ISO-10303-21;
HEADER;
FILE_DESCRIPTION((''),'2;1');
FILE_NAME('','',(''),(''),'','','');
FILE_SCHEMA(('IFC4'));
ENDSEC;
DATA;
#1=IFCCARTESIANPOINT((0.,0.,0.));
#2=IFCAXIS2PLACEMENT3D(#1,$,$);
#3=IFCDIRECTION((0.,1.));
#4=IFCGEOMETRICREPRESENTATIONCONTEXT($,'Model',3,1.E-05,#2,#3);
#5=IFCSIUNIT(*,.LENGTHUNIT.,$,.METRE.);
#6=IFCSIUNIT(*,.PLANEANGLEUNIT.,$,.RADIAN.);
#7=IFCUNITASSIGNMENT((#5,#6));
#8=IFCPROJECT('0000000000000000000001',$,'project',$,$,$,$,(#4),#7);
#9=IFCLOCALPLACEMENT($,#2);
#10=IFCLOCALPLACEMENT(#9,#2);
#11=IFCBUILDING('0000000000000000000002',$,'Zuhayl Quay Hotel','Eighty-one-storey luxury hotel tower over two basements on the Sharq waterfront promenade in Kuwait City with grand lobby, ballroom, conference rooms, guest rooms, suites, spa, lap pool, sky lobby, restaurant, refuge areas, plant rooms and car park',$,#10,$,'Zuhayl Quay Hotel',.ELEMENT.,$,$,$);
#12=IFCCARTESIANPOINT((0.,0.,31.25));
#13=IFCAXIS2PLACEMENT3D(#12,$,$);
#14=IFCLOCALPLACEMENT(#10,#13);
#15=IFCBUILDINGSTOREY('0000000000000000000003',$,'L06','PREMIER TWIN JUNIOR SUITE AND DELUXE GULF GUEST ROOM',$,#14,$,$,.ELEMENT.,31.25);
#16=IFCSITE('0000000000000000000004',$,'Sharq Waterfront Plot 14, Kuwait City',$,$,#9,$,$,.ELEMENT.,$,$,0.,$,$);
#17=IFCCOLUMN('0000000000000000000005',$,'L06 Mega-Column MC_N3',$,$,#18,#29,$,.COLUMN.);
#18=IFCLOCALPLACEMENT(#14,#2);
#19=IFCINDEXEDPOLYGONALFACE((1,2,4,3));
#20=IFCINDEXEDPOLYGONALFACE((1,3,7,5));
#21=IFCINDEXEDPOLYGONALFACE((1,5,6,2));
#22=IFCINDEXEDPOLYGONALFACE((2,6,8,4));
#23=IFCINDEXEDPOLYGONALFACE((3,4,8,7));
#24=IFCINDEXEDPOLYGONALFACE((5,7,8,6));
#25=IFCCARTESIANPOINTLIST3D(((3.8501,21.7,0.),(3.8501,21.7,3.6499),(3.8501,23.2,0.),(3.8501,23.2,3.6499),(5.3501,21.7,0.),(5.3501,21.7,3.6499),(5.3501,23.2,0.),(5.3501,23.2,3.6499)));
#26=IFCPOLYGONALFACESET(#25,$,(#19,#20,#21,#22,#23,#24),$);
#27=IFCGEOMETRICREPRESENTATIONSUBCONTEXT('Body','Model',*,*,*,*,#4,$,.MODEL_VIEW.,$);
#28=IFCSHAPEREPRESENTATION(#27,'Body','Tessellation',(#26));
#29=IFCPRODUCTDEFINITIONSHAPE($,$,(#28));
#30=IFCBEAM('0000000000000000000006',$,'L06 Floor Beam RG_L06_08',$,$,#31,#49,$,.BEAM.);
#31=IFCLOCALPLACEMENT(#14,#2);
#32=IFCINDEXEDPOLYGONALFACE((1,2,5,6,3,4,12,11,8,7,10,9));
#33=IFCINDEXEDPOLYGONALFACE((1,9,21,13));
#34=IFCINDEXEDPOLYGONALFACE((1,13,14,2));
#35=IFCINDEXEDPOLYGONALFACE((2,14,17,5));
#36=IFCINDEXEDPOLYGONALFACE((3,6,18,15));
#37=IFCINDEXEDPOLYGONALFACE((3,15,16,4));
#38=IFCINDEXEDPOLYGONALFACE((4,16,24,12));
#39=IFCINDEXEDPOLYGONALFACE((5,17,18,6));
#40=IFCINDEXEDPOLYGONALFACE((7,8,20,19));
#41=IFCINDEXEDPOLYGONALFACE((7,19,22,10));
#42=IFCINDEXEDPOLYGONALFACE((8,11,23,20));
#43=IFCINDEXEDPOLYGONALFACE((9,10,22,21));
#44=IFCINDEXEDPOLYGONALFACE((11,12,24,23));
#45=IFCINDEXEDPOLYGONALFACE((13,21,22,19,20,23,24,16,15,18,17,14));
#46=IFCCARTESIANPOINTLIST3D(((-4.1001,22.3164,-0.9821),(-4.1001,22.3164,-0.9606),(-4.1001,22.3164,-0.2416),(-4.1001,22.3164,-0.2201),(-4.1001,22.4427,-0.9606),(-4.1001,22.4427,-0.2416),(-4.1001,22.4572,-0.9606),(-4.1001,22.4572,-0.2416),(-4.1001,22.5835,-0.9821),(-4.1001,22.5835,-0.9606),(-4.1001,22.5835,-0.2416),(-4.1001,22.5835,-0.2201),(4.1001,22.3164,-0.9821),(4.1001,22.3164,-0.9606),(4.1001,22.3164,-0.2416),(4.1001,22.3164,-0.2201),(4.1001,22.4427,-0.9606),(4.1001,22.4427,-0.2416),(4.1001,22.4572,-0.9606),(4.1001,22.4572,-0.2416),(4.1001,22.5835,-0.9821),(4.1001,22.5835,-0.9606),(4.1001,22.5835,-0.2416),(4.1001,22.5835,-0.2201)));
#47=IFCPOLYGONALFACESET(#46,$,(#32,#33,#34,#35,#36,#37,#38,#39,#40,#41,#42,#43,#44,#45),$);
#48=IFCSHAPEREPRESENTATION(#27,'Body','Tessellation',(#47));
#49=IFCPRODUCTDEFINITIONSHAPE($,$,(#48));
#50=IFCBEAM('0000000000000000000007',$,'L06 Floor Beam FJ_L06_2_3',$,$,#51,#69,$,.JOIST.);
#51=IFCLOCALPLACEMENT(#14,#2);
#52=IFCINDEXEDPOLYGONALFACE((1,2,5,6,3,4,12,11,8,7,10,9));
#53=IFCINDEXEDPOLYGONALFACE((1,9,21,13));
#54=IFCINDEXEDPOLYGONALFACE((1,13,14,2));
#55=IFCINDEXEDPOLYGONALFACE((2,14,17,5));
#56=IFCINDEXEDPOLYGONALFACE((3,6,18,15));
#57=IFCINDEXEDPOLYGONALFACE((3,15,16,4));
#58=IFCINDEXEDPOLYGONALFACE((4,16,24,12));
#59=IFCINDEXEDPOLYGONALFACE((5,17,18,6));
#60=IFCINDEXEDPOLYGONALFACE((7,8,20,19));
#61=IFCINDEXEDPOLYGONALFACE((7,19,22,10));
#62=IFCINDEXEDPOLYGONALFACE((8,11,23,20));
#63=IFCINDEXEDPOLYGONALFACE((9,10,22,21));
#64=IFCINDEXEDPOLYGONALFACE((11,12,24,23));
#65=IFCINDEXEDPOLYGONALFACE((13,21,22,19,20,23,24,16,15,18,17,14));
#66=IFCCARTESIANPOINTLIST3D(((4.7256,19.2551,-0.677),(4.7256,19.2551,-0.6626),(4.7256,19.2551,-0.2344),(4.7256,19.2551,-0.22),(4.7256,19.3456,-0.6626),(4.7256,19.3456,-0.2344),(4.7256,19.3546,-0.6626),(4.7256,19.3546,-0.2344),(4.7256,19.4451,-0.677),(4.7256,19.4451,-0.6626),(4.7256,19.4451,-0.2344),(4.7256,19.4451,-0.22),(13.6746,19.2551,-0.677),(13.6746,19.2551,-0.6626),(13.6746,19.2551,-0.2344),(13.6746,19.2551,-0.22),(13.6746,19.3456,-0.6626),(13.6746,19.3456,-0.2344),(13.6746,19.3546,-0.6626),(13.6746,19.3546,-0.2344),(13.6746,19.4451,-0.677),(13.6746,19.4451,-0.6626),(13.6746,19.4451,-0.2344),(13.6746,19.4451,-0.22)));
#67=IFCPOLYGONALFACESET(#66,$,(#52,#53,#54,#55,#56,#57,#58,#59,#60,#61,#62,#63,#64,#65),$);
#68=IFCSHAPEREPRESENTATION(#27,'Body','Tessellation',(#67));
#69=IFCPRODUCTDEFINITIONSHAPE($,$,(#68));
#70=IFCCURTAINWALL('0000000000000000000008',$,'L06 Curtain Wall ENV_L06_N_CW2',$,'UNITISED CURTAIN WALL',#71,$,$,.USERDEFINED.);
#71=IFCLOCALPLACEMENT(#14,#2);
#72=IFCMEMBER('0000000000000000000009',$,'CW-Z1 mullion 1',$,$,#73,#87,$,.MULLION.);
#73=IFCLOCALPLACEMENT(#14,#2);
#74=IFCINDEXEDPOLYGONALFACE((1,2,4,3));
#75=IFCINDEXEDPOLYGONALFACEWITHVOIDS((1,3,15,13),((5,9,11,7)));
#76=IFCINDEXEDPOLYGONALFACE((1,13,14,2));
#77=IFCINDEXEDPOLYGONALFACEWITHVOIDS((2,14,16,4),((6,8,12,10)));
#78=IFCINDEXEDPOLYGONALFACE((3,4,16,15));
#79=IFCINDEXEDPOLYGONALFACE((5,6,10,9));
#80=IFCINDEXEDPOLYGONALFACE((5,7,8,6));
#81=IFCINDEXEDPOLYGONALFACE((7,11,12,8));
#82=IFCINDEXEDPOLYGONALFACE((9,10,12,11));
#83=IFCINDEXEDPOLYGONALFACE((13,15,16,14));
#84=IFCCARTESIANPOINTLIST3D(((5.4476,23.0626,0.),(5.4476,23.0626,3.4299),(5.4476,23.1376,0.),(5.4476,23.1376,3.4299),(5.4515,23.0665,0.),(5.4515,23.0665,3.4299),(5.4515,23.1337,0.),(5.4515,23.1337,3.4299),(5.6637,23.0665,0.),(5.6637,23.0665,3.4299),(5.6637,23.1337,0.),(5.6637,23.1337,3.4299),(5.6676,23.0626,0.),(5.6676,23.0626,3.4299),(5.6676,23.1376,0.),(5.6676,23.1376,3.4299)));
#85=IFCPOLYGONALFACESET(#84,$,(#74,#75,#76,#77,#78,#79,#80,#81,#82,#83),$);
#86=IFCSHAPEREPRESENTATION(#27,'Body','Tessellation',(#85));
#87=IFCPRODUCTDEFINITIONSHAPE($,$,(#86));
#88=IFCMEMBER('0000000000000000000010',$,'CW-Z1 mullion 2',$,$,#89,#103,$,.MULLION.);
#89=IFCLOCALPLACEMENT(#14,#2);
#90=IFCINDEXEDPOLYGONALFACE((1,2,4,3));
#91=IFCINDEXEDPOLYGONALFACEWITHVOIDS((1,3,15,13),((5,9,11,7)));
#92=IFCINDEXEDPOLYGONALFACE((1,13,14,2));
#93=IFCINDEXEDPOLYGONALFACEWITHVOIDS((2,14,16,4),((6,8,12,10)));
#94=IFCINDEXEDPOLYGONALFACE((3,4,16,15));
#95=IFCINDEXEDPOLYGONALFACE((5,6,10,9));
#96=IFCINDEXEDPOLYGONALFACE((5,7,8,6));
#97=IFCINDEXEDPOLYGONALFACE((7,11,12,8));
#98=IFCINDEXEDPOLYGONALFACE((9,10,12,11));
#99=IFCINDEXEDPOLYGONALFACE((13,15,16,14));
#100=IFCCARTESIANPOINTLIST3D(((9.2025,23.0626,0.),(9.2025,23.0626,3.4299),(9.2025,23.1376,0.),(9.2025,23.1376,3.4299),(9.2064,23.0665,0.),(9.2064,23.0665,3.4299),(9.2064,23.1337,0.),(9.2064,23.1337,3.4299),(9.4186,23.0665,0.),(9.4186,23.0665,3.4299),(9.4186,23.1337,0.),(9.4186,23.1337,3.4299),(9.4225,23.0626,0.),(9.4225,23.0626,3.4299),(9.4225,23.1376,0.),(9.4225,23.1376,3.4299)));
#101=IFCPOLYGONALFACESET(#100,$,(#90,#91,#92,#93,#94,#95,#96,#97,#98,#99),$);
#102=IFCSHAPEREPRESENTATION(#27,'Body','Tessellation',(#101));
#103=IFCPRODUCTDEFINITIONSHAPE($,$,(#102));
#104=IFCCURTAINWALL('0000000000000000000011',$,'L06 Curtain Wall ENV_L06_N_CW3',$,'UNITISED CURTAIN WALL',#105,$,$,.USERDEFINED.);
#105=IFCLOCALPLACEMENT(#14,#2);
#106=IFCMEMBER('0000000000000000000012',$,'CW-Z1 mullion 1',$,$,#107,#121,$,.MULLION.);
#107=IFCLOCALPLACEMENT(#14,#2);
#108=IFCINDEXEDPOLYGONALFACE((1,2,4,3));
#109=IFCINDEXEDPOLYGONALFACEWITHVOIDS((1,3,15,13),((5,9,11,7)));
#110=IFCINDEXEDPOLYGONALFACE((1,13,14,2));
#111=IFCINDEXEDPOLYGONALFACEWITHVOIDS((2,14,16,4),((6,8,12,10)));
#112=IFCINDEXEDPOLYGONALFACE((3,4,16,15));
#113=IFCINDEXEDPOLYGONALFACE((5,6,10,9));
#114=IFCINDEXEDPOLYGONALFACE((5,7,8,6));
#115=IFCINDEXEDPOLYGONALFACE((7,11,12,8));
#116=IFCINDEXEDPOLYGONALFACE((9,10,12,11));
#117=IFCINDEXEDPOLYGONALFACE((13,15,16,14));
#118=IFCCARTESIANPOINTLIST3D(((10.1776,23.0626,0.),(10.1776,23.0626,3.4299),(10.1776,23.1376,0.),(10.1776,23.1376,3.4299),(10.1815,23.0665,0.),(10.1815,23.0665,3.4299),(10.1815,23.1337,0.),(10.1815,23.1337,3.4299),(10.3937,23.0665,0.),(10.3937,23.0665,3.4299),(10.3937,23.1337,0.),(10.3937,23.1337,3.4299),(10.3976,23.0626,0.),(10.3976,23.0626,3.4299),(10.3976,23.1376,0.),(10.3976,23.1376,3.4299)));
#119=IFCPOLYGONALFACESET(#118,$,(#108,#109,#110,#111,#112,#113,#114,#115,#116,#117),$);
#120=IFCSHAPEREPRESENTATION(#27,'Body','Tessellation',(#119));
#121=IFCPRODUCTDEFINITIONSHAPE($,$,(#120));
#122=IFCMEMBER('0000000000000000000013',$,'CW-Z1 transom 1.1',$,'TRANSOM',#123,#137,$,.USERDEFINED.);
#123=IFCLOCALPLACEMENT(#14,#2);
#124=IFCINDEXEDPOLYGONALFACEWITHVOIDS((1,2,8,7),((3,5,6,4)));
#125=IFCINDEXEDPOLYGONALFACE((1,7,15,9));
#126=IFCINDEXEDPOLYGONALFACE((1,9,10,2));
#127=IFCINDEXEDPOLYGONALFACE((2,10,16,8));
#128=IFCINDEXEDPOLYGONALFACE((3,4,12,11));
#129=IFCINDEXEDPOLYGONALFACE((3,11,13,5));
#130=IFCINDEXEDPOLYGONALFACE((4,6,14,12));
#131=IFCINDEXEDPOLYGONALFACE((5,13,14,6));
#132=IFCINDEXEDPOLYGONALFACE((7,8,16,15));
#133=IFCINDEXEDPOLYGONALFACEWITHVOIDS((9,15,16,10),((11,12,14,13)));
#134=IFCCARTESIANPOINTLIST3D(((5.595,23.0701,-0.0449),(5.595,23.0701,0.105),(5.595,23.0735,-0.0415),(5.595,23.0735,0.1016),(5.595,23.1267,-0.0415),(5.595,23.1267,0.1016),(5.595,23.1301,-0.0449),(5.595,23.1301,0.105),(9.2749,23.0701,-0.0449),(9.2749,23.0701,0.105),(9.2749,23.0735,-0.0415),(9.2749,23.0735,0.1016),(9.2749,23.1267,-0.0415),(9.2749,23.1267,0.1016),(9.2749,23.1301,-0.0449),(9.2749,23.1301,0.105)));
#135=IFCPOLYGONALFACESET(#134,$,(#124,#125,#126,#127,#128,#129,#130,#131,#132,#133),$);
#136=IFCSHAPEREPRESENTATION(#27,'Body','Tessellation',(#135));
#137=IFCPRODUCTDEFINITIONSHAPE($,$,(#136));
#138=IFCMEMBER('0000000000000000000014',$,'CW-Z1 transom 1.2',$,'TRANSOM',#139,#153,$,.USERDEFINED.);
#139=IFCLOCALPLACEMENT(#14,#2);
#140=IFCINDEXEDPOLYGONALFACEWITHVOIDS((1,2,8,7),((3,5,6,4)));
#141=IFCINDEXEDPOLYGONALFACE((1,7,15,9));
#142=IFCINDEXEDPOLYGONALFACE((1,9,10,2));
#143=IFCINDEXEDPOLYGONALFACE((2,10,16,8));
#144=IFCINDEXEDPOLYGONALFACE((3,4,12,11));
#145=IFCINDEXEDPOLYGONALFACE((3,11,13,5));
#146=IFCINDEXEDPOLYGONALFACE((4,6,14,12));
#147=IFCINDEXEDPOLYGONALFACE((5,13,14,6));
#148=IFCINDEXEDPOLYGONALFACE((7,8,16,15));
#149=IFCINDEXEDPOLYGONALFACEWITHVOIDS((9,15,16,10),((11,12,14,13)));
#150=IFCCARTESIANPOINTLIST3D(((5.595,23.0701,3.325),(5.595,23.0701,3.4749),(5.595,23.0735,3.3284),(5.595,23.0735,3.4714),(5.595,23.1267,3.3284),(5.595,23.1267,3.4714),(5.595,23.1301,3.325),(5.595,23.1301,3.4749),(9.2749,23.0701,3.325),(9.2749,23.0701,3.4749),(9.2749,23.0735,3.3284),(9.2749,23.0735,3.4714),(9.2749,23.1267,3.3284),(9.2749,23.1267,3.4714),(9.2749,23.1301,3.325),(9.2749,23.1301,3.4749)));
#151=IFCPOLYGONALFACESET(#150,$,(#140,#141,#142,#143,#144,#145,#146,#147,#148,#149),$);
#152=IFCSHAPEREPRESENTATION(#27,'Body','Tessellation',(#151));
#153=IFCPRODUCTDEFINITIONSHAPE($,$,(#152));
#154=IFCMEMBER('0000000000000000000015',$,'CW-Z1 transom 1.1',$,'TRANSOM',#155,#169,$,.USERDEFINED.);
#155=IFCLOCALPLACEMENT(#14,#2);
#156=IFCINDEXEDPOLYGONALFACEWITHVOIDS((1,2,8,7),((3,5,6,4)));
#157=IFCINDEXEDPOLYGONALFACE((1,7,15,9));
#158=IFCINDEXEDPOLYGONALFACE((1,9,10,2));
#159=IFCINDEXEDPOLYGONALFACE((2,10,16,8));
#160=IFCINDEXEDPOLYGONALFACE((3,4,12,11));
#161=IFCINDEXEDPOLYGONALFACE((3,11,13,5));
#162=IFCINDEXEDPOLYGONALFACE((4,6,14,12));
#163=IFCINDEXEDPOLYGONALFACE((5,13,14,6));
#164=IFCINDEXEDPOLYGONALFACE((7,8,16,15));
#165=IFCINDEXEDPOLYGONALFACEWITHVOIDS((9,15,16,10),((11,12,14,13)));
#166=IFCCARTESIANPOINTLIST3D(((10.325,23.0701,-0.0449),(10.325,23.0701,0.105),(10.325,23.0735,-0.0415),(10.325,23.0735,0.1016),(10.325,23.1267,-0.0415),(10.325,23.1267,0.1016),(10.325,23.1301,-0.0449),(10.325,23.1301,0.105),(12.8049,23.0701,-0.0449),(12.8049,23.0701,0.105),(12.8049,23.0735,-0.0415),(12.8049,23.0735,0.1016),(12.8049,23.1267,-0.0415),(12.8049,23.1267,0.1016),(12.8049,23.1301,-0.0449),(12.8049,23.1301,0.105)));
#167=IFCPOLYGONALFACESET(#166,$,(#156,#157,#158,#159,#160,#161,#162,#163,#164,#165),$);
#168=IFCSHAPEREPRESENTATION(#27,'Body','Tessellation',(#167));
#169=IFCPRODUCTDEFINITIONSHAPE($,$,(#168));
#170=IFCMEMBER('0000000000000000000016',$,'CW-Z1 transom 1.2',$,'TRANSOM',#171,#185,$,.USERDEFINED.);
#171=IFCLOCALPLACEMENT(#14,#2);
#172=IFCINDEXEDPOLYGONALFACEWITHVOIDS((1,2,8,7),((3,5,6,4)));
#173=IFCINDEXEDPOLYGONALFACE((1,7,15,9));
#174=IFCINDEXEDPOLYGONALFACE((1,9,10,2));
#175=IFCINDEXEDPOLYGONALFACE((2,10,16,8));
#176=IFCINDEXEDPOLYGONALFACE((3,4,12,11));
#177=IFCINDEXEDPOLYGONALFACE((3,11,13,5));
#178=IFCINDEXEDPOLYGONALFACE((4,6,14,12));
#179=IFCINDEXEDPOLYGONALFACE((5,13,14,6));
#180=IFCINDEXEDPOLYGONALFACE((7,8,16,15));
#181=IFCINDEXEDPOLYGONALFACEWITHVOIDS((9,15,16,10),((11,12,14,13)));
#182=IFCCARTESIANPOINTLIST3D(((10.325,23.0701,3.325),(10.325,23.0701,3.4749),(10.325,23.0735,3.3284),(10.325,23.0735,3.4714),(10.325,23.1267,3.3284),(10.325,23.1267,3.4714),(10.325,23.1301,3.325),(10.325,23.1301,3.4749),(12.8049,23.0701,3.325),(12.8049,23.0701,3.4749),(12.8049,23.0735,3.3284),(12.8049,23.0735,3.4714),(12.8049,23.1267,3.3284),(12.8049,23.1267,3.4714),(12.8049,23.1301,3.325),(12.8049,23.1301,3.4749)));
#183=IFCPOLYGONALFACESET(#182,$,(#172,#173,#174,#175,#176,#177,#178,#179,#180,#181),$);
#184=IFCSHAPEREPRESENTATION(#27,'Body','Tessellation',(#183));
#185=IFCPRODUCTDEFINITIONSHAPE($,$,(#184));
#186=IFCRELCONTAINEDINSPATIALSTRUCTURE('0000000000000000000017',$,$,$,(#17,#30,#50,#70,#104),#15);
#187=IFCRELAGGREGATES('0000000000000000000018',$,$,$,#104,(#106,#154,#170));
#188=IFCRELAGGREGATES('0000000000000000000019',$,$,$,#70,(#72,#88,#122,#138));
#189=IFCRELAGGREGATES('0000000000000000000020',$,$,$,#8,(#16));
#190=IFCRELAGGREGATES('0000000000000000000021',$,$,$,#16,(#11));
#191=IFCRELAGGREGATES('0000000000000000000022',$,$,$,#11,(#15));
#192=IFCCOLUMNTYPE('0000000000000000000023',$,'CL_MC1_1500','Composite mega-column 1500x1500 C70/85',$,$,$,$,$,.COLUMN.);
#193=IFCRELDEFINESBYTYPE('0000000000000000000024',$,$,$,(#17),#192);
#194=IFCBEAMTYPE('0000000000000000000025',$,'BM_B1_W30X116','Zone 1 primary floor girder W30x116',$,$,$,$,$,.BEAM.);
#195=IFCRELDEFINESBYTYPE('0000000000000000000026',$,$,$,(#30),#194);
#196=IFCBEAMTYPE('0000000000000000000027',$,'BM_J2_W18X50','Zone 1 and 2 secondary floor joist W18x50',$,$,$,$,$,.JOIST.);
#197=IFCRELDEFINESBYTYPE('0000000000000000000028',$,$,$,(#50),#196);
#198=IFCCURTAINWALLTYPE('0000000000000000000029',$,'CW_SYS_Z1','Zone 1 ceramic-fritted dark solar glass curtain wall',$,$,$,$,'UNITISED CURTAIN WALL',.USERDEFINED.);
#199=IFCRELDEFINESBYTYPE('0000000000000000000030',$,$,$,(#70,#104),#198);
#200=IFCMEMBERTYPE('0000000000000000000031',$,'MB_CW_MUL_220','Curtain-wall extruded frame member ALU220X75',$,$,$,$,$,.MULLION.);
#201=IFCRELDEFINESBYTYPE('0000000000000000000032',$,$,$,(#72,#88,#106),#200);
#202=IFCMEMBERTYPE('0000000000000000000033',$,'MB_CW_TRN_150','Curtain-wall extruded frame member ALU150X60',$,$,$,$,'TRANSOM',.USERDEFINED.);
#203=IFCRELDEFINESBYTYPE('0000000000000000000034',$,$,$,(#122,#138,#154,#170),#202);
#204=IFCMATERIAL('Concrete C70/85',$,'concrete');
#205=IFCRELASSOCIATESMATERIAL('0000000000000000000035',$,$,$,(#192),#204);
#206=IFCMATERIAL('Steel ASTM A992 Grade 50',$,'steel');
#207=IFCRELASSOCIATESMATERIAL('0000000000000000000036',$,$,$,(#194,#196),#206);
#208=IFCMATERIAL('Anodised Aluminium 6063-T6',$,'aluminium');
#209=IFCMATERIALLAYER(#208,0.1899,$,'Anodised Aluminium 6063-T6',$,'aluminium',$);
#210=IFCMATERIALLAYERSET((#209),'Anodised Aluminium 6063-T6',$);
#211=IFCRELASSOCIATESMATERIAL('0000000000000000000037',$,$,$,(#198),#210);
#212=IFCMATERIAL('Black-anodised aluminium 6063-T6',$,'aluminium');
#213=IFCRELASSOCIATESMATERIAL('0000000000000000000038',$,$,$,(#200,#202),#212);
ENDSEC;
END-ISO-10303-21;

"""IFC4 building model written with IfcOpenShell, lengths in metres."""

from ifc_helpers import new_model, si_unit, direction, frame, origin, origin_2d, place, context, subcontext, project, spatial, rectangle, hollow_rectangle, i_section, extrude, material, layer, layer_set, material_profile, profile_set, type_object, element, aggregate, save


model = new_model("IFC4")

# Units and contexts
model_context = context("Model", 3, precision=1e-05, world=origin(), true_north=direction((0.0, 1.0)))
body_context = subcontext(model_context, "Body", "Model", "MODEL_VIEW")
ifc_project = project(units=[si_unit("LENGTHUNIT", "METRE"), si_unit("PLANEANGLEUNIT", "RADIAN")], contexts=[model_context])

# Site, building, storey
site_placement = place(None, origin())
site = spatial("IfcSite", under=ifc_project, at=site_placement, Name="Sharq Waterfront Plot 14, Kuwait City", CompositionType="ELEMENT", RefElevation=0.0)
building_placement = place(site_placement, origin())
building = spatial("IfcBuilding", under=site, at=building_placement, Name="Zuhayl Quay Hotel", Description="Eighty-one-storey luxury hotel tower over two basements on the Sharq waterfront promenade in Kuwait City with grand lobby, ballroom, conference rooms, guest rooms, suites, spa, lap pool, sky lobby, restaurant, refuge areas, plant rooms and car park", LongName="Zuhayl Quay Hotel", CompositionType="ELEMENT")
storey_placement = place(building_placement, frame((0.0, 0.0, 31.25)))
storey = spatial("IfcBuildingStorey", under=building, at=storey_placement, Name="L06", Description="PREMIER TWIN JUNIOR SUITE AND DELUXE GULF GUEST ROOM", CompositionType="ELEMENT", Elevation=31.25)

# Column
ifc_material_1 = material(Name="Concrete C70/85", Category="concrete")
ifc_material_profile_1 = material_profile(ifc_material_1, rectangle(XDim=1.5, YDim=1.5, at=origin_2d()), Name="RC1500X1500")
ifc_profile_set_1 = profile_set([ifc_material_profile_1], Name="Concrete C70/85")
column_type = type_object("IfcColumnType", Name="CL_MC1_1500", Description="Composite mega-column 1500x1500 C70/85", PredefinedType="COLUMN", material=ifc_profile_set_1)
column_placement = place(storey_placement, frame((4.6001, 22.45, 0.0), z_axis=(0.0, 0.0, 1.0), x_axis=(1.0, 0.0, 0.0)))
element("IfcColumn", 1, at=column_placement, inside=storey, type_object=column_type, Name="L06 Mega-Column MC_N3", PredefinedType="COLUMN", context=body_context, shape_type="SweptSolid", body=[
    extrude(rectangle(XDim=1.5, YDim=1.5, at=origin_2d()), origin(), (0.0, 0.0, 1.0), 3.6499),
])

# Beams
ifc_material_2 = material(Name="Steel ASTM A992 Grade 50", Category="steel")
ifc_material_profile_2 = material_profile(ifc_material_2, i_section(OverallWidth=0.2671, OverallDepth=0.762, WebThickness=0.0144, FlangeThickness=0.0215, at=origin_2d()), Name="W30X116")
ifc_profile_set_2 = profile_set([ifc_material_profile_2], Name="Steel ASTM A992 Grade 50")
beam_type_1 = type_object("IfcBeamType", Name="BM_B1_W30X116", Description="Zone 1 primary floor girder W30x116", PredefinedType="BEAM", material=ifc_profile_set_2)
beam_1_placement = place(storey_placement, frame((4.1001, 22.45, -0.6011), z_axis=(-1.0, 0.0, 0.0), x_axis=(0.0, -1.0, 0.0)))
element("IfcBeam", 2, at=beam_1_placement, inside=storey, type_object=beam_type_1, Name="L06 Floor Beam RG_L06_08", PredefinedType="BEAM", context=body_context, shape_type="SweptSolid", body=[
    extrude(i_section(OverallWidth=0.2671, OverallDepth=0.762, WebThickness=0.0144, FlangeThickness=0.0215, at=origin_2d()), origin(), (0.0, 0.0, 1.0), 8.2002),
])
ifc_material_profile_3 = material_profile(ifc_material_2, i_section(OverallWidth=0.1899, OverallDepth=0.457, WebThickness=0.009, FlangeThickness=0.0144, at=origin_2d()), Name="W18X50")
ifc_profile_set_3 = profile_set([ifc_material_profile_3], Name="Steel ASTM A992 Grade 50")
beam_type_2 = type_object("IfcBeamType", Name="BM_J2_W18X50", Description="Zone 1 and 2 secondary floor joist W18x50", PredefinedType="JOIST", material=ifc_profile_set_3)
beam_2_placement = place(storey_placement, frame((4.7256, 19.3501, -0.4485), z_axis=(1.0, 0.0, 0.0), x_axis=(0.0, 1.0, 0.0)))
element("IfcBeam", 3, at=beam_2_placement, inside=storey, type_object=beam_type_2, Name="L06 Floor Beam FJ_L06_2_3", PredefinedType="JOIST", context=body_context, shape_type="SweptSolid", body=[
    extrude(i_section(OverallWidth=0.1899, OverallDepth=0.457, WebThickness=0.009, FlangeThickness=0.0144, at=origin_2d()), origin(), (0.0, 0.0, 1.0), 8.949),
])

# Curtain wall, members
ifc_material_3 = material(Name="Anodised Aluminium 6063-T6", Category="aluminium")
ifc_layer_1 = layer(ifc_material_3, 0.1899, Name="Anodised Aluminium 6063-T6", Category="aluminium")
ifc_layer_set_1 = layer_set([ifc_layer_1], Name="Anodised Aluminium 6063-T6")
curtain_wall_type = type_object("IfcCurtainWallType", Name="CW_SYS_Z1", Description="Zone 1 ceramic-fritted dark solar glass curtain wall", ElementType="UNITISED CURTAIN WALL", PredefinedType="USERDEFINED", material=ifc_layer_set_1)
curtain_wall_1_placement = place(storey_placement, origin())
curtain_wall_1 = element("IfcCurtainWall", 4, at=curtain_wall_1_placement, inside=storey, type_object=curtain_wall_type, Name="L06 Curtain Wall ENV_L06_N_CW2", ObjectType="UNITISED CURTAIN WALL", PredefinedType="USERDEFINED")
ifc_material_4 = material(Name="Black-anodised aluminium 6063-T6", Category="aluminium")
ifc_material_profile_4 = material_profile(ifc_material_4, hollow_rectangle(XDim=0.075, YDim=0.22, WallThickness=0.0039, at=origin_2d()), Name="ALU220X75")
ifc_profile_set_4 = profile_set([ifc_material_profile_4], Name="Black-anodised aluminium 6063-T6")
member_type_1 = type_object("IfcMemberType", Name="MB_CW_MUL_220", Description="Curtain-wall extruded frame member ALU220X75", PredefinedType="MULLION", material=ifc_profile_set_4)
member_1_placement = place(storey_placement, frame((5.5576, 23.1001, 0.0), z_axis=(0.0, 0.0, 1.0), x_axis=(0.0, 1.0, 0.0)))
member_1 = element("IfcMember", 5, at=member_1_placement, type_object=member_type_1, Name="CW-Z1 mullion 1", PredefinedType="MULLION", context=body_context, shape_type="SweptSolid", body=[
    extrude(hollow_rectangle(XDim=0.075, YDim=0.22, WallThickness=0.0039, at=origin_2d()), origin(), (0.0, 0.0, 1.0), 3.4299),
])
member_2_placement = place(storey_placement, frame((9.3125, 23.1001, 0.0), z_axis=(0.0, 0.0, 1.0), x_axis=(0.0, 1.0, 0.0)))
member_2 = element("IfcMember", 6, at=member_2_placement, type_object=member_type_1, Name="CW-Z1 mullion 2", PredefinedType="MULLION", context=body_context, shape_type="SweptSolid", body=[
    extrude(hollow_rectangle(XDim=0.075, YDim=0.22, WallThickness=0.0039, at=origin_2d()), origin(), (0.0, 0.0, 1.0), 3.4299),
])

# Curtain wall, member
curtain_wall_2_placement = place(storey_placement, origin())
curtain_wall_2 = element("IfcCurtainWall", 7, at=curtain_wall_2_placement, inside=storey, type_object=curtain_wall_type, Name="L06 Curtain Wall ENV_L06_N_CW3", ObjectType="UNITISED CURTAIN WALL", PredefinedType="USERDEFINED")
member_3_placement = place(storey_placement, frame((10.2876, 23.1001, 0.0), z_axis=(0.0, 0.0, 1.0), x_axis=(0.0, 1.0, 0.0)))
member_3 = element("IfcMember", 8, at=member_3_placement, type_object=member_type_1, Name="CW-Z1 mullion 1", PredefinedType="MULLION", context=body_context, shape_type="SweptSolid", body=[
    extrude(hollow_rectangle(XDim=0.075, YDim=0.22, WallThickness=0.0039, at=origin_2d()), origin(), (0.0, 0.0, 1.0), 3.4299),
])

# Members
ifc_material_profile_5 = material_profile(ifc_material_4, hollow_rectangle(XDim=0.0601, YDim=0.1499, WallThickness=0.0034, at=origin_2d()), Name="ALU150X60")
ifc_profile_set_5 = profile_set([ifc_material_profile_5], Name="Black-anodised aluminium 6063-T6")
member_type_2 = type_object("IfcMemberType", Name="MB_CW_TRN_150", Description="Curtain-wall extruded frame member ALU150X60", ElementType="TRANSOM", PredefinedType="USERDEFINED", material=ifc_profile_set_5)
member_4_placement = place(storey_placement, frame((5.595, 23.1001, 0.03), z_axis=(1.0, 0.0, 0.0), x_axis=(0.0, 1.0, 0.0)))
member_4 = element("IfcMember", 9, at=member_4_placement, type_object=member_type_2, Name="CW-Z1 transom 1.1", ObjectType="TRANSOM", PredefinedType="USERDEFINED", context=body_context, shape_type="SweptSolid", body=[
    extrude(hollow_rectangle(XDim=0.0601, YDim=0.1499, WallThickness=0.0034, at=origin_2d()), origin(), (0.0, 0.0, 1.0), 3.6799),
])
member_5_placement = place(storey_placement, frame((5.595, 23.1001, 3.3999), z_axis=(1.0, 0.0, 0.0), x_axis=(0.0, 1.0, 0.0)))
member_5 = element("IfcMember", 10, at=member_5_placement, type_object=member_type_2, Name="CW-Z1 transom 1.2", ObjectType="TRANSOM", PredefinedType="USERDEFINED", context=body_context, shape_type="SweptSolid", body=[
    extrude(hollow_rectangle(XDim=0.0601, YDim=0.1499, WallThickness=0.0034, at=origin_2d()), origin(), (0.0, 0.0, 1.0), 3.6799),
])
member_6_placement = place(storey_placement, frame((10.325, 23.1001, 0.03), z_axis=(1.0, 0.0, 0.0), x_axis=(0.0, 1.0, 0.0)))
member_6 = element("IfcMember", 11, at=member_6_placement, type_object=member_type_2, Name="CW-Z1 transom 1.1", ObjectType="TRANSOM", PredefinedType="USERDEFINED", context=body_context, shape_type="SweptSolid", body=[
    extrude(hollow_rectangle(XDim=0.0601, YDim=0.1499, WallThickness=0.0034, at=origin_2d()), origin(), (0.0, 0.0, 1.0), 2.48),
])
member_7_placement = place(storey_placement, frame((10.325, 23.1001, 3.3999), z_axis=(1.0, 0.0, 0.0), x_axis=(0.0, 1.0, 0.0)))
member_7 = element("IfcMember", 12, at=member_7_placement, type_object=member_type_2, Name="CW-Z1 transom 1.2", ObjectType="TRANSOM", PredefinedType="USERDEFINED", context=body_context, shape_type="SweptSolid", body=[
    extrude(hollow_rectangle(XDim=0.0601, YDim=0.1499, WallThickness=0.0034, at=origin_2d()), origin(), (0.0, 0.0, 1.0), 2.48),
])
aggregate(curtain_wall_2, [member_3, member_6, member_7])

aggregate(curtain_wall_1, [member_1, member_2, member_4, member_5])

save(model, "model.ifc")
